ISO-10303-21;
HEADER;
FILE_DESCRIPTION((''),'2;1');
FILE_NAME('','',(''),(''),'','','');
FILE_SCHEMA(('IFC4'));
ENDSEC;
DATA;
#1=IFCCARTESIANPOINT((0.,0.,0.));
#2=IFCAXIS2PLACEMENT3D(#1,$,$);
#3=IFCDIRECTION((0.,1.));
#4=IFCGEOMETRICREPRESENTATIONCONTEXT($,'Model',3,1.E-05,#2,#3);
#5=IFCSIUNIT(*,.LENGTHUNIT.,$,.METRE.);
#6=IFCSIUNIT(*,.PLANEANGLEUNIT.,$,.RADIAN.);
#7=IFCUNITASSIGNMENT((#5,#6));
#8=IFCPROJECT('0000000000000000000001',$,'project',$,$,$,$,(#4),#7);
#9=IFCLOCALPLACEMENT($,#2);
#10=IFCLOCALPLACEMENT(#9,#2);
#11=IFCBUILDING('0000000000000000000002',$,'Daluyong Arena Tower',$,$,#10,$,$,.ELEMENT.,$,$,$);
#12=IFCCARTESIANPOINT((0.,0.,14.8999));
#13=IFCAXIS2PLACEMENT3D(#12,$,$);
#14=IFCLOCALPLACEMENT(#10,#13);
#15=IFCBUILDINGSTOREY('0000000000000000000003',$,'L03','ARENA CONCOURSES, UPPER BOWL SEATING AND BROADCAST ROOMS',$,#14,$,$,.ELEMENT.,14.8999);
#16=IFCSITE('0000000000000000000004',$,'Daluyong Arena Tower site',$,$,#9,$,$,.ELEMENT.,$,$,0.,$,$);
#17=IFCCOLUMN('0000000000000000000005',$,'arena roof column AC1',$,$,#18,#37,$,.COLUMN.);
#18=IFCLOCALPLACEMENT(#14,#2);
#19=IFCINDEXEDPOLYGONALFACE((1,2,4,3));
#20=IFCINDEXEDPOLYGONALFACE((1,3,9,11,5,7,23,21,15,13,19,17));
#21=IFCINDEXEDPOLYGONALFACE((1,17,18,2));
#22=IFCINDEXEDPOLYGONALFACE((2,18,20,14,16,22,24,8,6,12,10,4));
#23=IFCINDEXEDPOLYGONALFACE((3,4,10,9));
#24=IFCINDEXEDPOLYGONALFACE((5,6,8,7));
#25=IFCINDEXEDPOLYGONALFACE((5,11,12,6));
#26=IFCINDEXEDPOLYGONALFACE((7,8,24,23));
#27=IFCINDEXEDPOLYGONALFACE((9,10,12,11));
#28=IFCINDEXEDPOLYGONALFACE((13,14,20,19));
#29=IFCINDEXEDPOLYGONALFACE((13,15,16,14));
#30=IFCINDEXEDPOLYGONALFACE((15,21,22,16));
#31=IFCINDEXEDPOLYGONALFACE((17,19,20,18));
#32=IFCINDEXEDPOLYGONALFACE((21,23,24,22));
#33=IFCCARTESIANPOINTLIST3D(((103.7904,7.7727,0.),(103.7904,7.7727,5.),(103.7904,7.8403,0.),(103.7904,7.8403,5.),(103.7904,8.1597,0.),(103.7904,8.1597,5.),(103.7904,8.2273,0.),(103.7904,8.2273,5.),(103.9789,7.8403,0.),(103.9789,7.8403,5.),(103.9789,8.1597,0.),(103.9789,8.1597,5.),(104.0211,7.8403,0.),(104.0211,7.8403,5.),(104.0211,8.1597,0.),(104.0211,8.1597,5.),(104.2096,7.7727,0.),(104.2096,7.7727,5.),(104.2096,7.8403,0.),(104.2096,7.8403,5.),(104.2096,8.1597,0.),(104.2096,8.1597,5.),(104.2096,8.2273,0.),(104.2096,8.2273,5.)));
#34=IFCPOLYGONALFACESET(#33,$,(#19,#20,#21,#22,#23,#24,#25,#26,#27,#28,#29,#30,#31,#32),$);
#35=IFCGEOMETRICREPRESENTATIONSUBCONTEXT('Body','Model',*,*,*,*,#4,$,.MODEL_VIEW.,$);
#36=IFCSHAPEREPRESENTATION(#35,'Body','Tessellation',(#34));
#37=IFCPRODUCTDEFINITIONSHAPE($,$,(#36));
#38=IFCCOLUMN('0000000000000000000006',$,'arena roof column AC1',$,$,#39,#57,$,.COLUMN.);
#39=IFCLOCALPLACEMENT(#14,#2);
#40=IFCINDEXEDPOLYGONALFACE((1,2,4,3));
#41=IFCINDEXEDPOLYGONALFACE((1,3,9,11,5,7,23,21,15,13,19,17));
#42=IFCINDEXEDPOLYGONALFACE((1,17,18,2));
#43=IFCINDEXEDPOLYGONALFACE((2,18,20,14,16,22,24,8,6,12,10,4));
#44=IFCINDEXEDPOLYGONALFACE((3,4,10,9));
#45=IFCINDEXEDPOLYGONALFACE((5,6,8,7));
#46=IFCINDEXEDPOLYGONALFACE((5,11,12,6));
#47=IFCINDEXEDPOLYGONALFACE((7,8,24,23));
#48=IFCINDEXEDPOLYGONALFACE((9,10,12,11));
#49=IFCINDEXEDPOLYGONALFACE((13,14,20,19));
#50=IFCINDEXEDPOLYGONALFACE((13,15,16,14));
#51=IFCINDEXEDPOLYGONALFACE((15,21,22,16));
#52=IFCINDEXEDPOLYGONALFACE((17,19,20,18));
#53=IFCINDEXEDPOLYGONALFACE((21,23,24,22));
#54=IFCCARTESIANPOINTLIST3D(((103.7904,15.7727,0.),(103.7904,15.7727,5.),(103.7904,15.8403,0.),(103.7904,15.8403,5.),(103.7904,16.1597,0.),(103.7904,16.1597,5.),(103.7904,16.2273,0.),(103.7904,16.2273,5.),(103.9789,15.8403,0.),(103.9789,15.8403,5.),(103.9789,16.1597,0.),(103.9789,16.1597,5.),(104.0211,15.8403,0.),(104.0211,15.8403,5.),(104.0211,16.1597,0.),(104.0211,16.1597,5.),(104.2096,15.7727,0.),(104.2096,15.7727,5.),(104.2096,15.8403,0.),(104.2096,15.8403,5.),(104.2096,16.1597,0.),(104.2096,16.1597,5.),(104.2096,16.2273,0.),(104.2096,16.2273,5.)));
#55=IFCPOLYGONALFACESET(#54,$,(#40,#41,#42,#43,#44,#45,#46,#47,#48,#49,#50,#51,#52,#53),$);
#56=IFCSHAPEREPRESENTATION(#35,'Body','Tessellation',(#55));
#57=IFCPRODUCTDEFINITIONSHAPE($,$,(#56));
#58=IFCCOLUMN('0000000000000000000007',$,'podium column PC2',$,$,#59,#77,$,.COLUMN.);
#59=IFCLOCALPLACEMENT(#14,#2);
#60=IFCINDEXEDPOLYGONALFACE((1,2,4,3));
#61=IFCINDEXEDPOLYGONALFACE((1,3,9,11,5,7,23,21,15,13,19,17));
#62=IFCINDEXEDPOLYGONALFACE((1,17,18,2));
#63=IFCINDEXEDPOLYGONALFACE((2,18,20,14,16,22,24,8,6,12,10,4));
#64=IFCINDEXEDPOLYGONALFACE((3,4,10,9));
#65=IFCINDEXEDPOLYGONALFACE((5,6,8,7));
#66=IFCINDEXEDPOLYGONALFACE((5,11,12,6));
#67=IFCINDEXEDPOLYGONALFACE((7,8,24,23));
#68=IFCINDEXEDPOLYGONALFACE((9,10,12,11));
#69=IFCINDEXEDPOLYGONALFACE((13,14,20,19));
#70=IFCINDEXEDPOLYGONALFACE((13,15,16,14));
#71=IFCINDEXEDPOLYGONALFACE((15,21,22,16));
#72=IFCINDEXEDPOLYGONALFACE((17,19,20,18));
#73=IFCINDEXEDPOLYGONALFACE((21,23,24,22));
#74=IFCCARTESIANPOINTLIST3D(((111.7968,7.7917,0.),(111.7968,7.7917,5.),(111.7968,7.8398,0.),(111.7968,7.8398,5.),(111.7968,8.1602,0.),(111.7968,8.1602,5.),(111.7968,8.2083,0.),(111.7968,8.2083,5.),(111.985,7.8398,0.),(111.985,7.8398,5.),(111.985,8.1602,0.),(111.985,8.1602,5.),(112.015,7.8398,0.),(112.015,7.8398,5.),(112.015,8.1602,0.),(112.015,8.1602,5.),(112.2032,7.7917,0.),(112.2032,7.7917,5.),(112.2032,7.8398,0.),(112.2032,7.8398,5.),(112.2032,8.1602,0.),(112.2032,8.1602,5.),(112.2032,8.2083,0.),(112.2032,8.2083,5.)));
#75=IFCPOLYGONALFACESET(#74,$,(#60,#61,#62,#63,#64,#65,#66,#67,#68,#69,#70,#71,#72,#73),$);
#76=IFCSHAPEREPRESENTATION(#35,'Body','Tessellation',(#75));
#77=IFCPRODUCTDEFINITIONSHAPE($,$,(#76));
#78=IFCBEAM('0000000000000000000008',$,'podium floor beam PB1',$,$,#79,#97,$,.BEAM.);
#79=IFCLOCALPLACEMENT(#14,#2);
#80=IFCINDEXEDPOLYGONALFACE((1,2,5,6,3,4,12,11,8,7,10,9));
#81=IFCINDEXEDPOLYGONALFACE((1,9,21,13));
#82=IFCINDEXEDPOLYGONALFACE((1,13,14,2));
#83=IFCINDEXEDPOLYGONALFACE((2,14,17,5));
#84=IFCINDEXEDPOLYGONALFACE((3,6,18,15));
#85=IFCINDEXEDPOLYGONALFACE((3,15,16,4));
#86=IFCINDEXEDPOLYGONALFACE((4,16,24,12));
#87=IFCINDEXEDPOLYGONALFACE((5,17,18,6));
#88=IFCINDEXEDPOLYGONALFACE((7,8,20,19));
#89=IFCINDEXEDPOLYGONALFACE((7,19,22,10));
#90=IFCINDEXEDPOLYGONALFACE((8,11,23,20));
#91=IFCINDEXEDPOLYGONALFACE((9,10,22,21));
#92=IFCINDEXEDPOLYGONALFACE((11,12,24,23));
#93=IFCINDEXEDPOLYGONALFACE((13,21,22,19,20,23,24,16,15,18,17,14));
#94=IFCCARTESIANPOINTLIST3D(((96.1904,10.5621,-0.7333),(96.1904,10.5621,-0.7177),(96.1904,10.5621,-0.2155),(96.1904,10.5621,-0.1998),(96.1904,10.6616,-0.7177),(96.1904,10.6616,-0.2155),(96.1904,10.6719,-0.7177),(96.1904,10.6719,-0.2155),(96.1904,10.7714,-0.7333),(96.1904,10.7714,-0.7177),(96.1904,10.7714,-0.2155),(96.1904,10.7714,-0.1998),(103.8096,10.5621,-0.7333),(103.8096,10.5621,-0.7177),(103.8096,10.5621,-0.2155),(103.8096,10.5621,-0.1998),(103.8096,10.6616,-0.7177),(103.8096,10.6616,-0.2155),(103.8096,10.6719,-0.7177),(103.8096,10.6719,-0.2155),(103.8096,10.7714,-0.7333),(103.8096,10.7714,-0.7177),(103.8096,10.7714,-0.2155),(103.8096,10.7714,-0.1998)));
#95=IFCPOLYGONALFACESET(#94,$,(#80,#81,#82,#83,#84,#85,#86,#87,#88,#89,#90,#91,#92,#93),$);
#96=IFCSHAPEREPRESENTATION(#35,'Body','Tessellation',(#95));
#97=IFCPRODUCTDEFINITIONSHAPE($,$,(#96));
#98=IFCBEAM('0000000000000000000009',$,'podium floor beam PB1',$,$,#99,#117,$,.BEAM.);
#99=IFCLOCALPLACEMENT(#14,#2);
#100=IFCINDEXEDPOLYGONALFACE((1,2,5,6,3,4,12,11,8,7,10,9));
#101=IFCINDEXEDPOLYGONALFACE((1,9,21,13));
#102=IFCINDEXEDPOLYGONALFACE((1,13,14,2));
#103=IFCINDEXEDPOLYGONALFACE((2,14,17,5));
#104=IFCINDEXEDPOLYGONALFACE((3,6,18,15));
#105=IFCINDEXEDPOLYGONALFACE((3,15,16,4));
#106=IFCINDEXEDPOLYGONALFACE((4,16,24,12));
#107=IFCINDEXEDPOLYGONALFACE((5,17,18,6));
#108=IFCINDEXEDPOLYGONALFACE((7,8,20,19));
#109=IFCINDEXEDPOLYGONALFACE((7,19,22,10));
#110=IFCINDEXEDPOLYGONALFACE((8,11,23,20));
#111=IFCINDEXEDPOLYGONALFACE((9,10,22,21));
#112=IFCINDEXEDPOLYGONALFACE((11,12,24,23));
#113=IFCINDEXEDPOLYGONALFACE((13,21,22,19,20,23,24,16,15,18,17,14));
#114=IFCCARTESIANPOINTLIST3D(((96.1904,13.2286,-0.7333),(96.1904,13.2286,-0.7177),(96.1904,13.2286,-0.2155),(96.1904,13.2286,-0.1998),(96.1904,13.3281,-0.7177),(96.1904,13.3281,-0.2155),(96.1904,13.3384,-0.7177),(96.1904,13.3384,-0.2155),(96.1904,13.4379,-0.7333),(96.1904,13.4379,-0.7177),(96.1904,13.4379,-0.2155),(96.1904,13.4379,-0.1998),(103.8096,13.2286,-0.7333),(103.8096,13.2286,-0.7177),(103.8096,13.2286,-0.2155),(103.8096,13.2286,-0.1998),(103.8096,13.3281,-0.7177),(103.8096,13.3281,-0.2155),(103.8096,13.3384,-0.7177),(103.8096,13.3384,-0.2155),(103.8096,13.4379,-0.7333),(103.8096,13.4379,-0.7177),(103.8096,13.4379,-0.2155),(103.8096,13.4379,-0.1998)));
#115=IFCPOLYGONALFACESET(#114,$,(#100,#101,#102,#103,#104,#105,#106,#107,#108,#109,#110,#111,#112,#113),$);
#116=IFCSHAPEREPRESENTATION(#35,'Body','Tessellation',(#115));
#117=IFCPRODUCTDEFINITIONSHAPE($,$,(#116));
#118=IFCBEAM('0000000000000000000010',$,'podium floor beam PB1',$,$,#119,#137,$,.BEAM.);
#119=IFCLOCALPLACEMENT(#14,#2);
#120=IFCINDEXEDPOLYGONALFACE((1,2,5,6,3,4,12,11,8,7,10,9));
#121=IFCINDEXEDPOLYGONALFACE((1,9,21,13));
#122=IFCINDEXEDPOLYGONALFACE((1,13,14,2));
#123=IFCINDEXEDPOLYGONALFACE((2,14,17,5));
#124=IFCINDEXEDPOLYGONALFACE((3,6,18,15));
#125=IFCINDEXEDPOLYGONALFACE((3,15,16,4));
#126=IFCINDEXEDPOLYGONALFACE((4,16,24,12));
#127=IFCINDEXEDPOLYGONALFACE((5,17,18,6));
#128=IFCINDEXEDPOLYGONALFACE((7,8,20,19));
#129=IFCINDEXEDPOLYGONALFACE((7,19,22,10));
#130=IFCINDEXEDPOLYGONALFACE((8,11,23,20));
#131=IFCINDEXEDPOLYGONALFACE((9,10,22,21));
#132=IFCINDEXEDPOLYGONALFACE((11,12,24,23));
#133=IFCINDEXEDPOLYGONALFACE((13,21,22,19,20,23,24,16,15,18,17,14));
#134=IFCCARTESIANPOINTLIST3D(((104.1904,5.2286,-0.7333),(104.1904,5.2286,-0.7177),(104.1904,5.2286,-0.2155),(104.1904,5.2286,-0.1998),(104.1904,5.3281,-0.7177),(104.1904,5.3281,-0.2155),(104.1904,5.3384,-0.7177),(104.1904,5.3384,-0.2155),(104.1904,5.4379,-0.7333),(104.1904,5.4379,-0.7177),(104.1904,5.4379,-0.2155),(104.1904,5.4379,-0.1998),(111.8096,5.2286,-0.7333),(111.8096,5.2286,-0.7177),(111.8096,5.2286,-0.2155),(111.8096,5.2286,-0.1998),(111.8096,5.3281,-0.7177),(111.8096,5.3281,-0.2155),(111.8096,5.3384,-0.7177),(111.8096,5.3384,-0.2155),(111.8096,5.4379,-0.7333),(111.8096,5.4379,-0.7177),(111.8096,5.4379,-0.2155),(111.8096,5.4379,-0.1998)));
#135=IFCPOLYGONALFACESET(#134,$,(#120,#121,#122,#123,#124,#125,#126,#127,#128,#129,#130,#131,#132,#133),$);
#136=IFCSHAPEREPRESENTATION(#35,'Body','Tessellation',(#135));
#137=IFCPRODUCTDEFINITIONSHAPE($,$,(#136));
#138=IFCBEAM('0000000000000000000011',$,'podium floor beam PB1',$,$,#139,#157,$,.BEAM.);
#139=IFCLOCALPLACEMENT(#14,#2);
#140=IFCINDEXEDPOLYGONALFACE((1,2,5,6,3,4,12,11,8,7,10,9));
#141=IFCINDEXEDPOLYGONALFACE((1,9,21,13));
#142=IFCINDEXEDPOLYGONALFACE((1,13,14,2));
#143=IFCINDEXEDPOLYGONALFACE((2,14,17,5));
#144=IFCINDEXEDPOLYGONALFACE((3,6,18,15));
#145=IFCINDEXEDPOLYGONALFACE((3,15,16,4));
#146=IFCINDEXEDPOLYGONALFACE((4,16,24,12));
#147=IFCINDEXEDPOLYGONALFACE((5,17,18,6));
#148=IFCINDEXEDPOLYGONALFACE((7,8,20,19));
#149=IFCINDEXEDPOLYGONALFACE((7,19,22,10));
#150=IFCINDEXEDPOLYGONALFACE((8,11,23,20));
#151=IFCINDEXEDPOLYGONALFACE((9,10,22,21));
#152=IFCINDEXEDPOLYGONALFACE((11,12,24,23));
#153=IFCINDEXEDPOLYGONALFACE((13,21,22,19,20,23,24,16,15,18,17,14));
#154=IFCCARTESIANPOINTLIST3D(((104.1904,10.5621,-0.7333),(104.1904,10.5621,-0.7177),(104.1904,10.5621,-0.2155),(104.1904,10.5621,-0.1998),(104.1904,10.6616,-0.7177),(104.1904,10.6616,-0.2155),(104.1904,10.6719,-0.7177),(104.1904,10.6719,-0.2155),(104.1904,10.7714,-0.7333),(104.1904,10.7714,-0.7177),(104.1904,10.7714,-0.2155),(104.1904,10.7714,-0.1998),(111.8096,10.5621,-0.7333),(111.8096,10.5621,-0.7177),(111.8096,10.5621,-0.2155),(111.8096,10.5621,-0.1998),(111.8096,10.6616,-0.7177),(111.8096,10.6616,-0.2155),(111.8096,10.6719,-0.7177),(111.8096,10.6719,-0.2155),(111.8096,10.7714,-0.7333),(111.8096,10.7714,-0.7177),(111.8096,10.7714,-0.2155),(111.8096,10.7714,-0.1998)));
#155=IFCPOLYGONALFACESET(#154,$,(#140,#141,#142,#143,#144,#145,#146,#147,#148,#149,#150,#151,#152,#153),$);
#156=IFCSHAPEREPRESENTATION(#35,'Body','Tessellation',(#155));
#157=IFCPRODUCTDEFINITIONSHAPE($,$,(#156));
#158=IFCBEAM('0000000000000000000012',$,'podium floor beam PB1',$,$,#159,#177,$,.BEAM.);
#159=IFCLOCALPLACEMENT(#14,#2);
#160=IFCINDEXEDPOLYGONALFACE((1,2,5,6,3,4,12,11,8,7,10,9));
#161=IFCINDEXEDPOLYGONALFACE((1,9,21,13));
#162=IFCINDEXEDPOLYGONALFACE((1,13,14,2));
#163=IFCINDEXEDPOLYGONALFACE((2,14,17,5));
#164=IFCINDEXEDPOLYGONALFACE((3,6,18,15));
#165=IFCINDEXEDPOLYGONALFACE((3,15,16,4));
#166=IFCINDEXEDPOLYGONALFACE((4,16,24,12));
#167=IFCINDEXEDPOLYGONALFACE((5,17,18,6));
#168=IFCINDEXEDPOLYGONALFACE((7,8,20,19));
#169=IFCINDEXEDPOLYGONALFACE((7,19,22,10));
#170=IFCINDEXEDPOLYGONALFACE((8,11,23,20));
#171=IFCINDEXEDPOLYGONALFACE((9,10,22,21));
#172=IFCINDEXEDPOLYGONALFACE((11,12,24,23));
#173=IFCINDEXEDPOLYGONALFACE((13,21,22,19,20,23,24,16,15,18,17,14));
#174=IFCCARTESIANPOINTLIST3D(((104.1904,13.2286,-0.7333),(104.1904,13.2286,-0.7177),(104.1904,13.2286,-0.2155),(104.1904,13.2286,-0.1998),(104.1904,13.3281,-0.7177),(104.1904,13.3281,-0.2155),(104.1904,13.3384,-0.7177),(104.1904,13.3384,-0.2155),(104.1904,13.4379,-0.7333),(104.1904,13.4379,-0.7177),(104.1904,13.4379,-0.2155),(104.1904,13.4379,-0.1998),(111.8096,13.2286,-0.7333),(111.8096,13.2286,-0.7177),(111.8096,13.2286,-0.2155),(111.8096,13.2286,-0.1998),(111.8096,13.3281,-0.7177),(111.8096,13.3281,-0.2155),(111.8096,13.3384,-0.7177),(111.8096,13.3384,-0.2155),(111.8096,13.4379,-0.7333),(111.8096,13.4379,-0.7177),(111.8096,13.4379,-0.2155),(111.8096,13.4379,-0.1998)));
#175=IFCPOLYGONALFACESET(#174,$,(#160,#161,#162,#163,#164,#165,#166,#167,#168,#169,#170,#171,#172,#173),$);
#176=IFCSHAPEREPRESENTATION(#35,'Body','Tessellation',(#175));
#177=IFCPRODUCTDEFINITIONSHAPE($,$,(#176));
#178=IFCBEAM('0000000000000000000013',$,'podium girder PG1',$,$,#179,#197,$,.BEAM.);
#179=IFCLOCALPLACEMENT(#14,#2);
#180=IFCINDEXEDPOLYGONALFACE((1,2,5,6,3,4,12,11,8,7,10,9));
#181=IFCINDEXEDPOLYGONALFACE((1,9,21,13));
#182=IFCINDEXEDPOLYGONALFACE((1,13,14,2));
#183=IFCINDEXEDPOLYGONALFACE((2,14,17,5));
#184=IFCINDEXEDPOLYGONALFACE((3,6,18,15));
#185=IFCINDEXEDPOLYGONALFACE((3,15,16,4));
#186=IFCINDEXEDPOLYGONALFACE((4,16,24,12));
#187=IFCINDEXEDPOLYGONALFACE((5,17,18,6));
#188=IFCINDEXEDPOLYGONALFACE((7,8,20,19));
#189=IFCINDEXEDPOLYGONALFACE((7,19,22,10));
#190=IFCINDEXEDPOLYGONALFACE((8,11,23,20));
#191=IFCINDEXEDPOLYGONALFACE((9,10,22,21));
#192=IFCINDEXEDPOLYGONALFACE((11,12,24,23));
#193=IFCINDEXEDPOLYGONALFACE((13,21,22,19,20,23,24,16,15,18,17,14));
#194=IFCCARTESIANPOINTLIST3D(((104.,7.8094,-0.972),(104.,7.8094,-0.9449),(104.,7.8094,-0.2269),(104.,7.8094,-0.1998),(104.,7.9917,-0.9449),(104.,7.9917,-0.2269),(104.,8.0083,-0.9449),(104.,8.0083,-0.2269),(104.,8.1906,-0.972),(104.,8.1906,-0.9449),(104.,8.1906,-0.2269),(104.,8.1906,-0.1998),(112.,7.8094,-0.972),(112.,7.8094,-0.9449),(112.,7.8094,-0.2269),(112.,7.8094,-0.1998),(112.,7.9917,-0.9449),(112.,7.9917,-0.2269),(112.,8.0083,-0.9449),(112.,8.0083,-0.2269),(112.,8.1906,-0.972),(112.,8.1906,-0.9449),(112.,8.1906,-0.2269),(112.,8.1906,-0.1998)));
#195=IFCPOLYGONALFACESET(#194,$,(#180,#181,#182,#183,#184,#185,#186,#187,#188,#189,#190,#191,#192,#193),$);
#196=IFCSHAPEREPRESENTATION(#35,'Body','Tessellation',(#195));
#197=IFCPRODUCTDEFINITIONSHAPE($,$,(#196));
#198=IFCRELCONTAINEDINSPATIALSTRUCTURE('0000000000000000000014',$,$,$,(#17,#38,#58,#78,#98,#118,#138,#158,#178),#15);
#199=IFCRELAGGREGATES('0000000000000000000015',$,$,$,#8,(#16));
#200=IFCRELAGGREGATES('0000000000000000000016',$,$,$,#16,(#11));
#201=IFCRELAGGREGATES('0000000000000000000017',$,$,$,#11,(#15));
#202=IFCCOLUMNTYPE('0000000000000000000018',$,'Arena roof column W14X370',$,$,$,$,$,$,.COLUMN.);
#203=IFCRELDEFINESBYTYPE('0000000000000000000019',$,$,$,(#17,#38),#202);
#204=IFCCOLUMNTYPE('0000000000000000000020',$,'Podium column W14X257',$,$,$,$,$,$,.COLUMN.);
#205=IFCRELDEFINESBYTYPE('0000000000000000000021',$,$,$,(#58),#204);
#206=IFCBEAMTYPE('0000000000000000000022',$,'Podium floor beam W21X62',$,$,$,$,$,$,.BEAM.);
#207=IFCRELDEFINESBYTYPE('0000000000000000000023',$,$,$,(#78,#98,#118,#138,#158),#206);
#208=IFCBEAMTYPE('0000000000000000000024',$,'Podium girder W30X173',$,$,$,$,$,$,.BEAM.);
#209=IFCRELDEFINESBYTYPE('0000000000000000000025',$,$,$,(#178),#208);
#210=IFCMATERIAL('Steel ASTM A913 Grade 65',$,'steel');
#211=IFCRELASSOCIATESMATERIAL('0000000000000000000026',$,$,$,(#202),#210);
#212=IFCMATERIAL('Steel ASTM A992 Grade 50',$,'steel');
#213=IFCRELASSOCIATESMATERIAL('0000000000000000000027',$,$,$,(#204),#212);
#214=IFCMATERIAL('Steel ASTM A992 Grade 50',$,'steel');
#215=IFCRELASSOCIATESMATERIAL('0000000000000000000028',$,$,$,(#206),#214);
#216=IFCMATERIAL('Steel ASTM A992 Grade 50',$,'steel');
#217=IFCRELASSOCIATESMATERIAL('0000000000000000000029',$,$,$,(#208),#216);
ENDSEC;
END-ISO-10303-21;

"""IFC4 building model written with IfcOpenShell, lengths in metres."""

from ifc_helpers import new_model, si_unit, direction, frame, origin, origin_2d, place, context, subcontext, project, spatial, i_section, extrude, material, material_profile, profile_set, type_object, element, save


model = new_model("IFC4")

# Units and contexts
model_context = context("Model", 3, precision=1e-05, world=origin(), true_north=direction((0.0, 1.0)))
body_context = subcontext(model_context, "Body", "Model", "MODEL_VIEW")
ifc_project = project(units=[si_unit("LENGTHUNIT", "METRE"), si_unit("PLANEANGLEUNIT", "RADIAN")], contexts=[model_context])

# Site, building, storey
site_placement = place(None, origin())
site = spatial("IfcSite", under=ifc_project, at=site_placement, Name="Daluyong Arena Tower site", CompositionType="ELEMENT", RefElevation=0.0)
building_placement = place(site_placement, origin())
building = spatial("IfcBuilding", under=site, at=building_placement, Name="Daluyong Arena Tower", CompositionType="ELEMENT")
storey_placement = place(building_placement, frame((0.0, 0.0, 14.8999)))
storey = spatial("IfcBuildingStorey", under=building, at=storey_placement, Name="L03", Description="ARENA CONCOURSES, UPPER BOWL SEATING AND BROADCAST ROOMS", CompositionType="ELEMENT", Elevation=14.8999)

# Columns
ifc_material_1 = material(Name="Steel ASTM A913 Grade 65", Category="steel")
ifc_material_profile_1 = material_profile(ifc_material_1, i_section(OverallWidth=0.4192, OverallDepth=0.4546, WebThickness=0.0422, FlangeThickness=0.0676, at=origin_2d()))
ifc_profile_set_1 = profile_set([ifc_material_profile_1], Name="Steel ASTM A913 Grade 65")
column_type_1 = type_object("IfcColumnType", Name="Arena roof column W14X370", PredefinedType="COLUMN", material=ifc_profile_set_1)
for number, where, z_axis, x_axis, name in (
    (1, (104.0, 8.0, 0.0), (0.0, 0.0, 1.0), (1.0, 0.0, 0.0), "arena roof column AC1"),
    (2, (104.0, 16.0, 0.0), (0.0, 0.0, 1.0), (1.0, 0.0, 0.0), "arena roof column AC1"),
):
    element("IfcColumn", number, at=place(storey_placement, frame(where, z_axis=z_axis, x_axis=x_axis)), inside=storey, type_object=column_type_1, Name=name, PredefinedType="COLUMN", context=body_context, shape_type="SweptSolid", body=[
        extrude(i_section(OverallWidth=0.4192, OverallDepth=0.4546, WebThickness=0.0422, FlangeThickness=0.0676, at=origin_2d()), origin(), (0.0, 0.0, 1.0), 5.0),
    ])
ifc_material_2 = material(Name="Steel ASTM A992 Grade 50", Category="steel")
ifc_material_profile_2 = material_profile(ifc_material_2, i_section(OverallWidth=0.4065, OverallDepth=0.4165, WebThickness=0.03, FlangeThickness=0.0481, at=origin_2d()))
ifc_profile_set_2 = profile_set([ifc_material_profile_2], Name="Steel ASTM A992 Grade 50")
column_type_2 = type_object("IfcColumnType", Name="Podium column W14X257", PredefinedType="COLUMN", material=ifc_profile_set_2)
column_placement = place(storey_placement, frame((112.0, 8.0, 0.0), z_axis=(0.0, 0.0, 1.0), x_axis=(1.0, 0.0, 0.0)))
element("IfcColumn", 3, at=column_placement, inside=storey, type_object=column_type_2, Name="podium column PC2", PredefinedType="COLUMN", context=body_context, shape_type="SweptSolid", body=[
    extrude(i_section(OverallWidth=0.4065, OverallDepth=0.4165, WebThickness=0.03, FlangeThickness=0.0481, at=origin_2d()), origin(), (0.0, 0.0, 1.0), 5.0),
])

# Beams
ifc_material_3 = material(Name="Steel ASTM A992 Grade 50", Category="steel")
ifc_material_profile_3 = material_profile(ifc_material_3, i_section(OverallWidth=0.2092, OverallDepth=0.5334, WebThickness=0.0103, FlangeThickness=0.0156, at=origin_2d()))
ifc_profile_set_3 = profile_set([ifc_material_profile_3], Name="Steel ASTM A992 Grade 50")
beam_type_1 = type_object("IfcBeamType", Name="Podium floor beam W21X62", PredefinedType="BEAM", material=ifc_profile_set_3)
for number, where, z_axis, x_axis, name in (
    (4, (96.1904, 10.6667, -0.4666), (1.0, 0.0, 0.0), (0.0, 1.0, 0.0), "podium floor beam PB1"),
    (5, (96.1904, 13.3333, -0.4666), (1.0, 0.0, 0.0), (0.0, 1.0, 0.0), "podium floor beam PB1"),
    (6, (104.1904, 5.3333, -0.4666), (1.0, 0.0, 0.0), (0.0, 1.0, 0.0), "podium floor beam PB1"),
    (7, (104.1904, 10.6667, -0.4666), (1.0, 0.0, 0.0), (0.0, 1.0, 0.0), "podium floor beam PB1"),
    (8, (104.1904, 13.3333, -0.4666), (1.0, 0.0, 0.0), (0.0, 1.0, 0.0), "podium floor beam PB1"),
):
    element("IfcBeam", number, at=place(storey_placement, frame(where, z_axis=z_axis, x_axis=x_axis)), inside=storey, type_object=beam_type_1, Name=name, PredefinedType="BEAM", context=body_context, shape_type="SweptSolid", body=[
        extrude(i_section(OverallWidth=0.2092, OverallDepth=0.5334, WebThickness=0.0103, FlangeThickness=0.0156, at=origin_2d()), origin(), (0.0, 0.0, 1.0), 7.6191),
    ])
ifc_material_4 = material(Name="Steel ASTM A992 Grade 50", Category="steel")
ifc_material_profile_4 = material_profile(ifc_material_4, i_section(OverallWidth=0.3811, OverallDepth=0.7722, WebThickness=0.0166, FlangeThickness=0.0271, at=origin_2d()))
ifc_profile_set_4 = profile_set([ifc_material_profile_4], Name="Steel ASTM A992 Grade 50")
beam_type_2 = type_object("IfcBeamType", Name="Podium girder W30X173", PredefinedType="BEAM", material=ifc_profile_set_4)
for number, where, z_axis, x_axis, name in (
    (9, (104.0, 8.0, -0.5859), (1.0, 0.0, 0.0), (0.0, 1.0, 0.0), "podium girder PG1"),
):
    element("IfcBeam", number, at=place(storey_placement, frame(where, z_axis=z_axis, x_axis=x_axis)), inside=storey, type_object=beam_type_2, Name=name, PredefinedType="BEAM", context=body_context, shape_type="SweptSolid", body=[
        extrude(i_section(OverallWidth=0.3811, OverallDepth=0.7722, WebThickness=0.0166, FlangeThickness=0.0271, at=origin_2d()), origin(), (0.0, 0.0, 1.0), 8.0),
    ])

save(model, "model.ifc")
